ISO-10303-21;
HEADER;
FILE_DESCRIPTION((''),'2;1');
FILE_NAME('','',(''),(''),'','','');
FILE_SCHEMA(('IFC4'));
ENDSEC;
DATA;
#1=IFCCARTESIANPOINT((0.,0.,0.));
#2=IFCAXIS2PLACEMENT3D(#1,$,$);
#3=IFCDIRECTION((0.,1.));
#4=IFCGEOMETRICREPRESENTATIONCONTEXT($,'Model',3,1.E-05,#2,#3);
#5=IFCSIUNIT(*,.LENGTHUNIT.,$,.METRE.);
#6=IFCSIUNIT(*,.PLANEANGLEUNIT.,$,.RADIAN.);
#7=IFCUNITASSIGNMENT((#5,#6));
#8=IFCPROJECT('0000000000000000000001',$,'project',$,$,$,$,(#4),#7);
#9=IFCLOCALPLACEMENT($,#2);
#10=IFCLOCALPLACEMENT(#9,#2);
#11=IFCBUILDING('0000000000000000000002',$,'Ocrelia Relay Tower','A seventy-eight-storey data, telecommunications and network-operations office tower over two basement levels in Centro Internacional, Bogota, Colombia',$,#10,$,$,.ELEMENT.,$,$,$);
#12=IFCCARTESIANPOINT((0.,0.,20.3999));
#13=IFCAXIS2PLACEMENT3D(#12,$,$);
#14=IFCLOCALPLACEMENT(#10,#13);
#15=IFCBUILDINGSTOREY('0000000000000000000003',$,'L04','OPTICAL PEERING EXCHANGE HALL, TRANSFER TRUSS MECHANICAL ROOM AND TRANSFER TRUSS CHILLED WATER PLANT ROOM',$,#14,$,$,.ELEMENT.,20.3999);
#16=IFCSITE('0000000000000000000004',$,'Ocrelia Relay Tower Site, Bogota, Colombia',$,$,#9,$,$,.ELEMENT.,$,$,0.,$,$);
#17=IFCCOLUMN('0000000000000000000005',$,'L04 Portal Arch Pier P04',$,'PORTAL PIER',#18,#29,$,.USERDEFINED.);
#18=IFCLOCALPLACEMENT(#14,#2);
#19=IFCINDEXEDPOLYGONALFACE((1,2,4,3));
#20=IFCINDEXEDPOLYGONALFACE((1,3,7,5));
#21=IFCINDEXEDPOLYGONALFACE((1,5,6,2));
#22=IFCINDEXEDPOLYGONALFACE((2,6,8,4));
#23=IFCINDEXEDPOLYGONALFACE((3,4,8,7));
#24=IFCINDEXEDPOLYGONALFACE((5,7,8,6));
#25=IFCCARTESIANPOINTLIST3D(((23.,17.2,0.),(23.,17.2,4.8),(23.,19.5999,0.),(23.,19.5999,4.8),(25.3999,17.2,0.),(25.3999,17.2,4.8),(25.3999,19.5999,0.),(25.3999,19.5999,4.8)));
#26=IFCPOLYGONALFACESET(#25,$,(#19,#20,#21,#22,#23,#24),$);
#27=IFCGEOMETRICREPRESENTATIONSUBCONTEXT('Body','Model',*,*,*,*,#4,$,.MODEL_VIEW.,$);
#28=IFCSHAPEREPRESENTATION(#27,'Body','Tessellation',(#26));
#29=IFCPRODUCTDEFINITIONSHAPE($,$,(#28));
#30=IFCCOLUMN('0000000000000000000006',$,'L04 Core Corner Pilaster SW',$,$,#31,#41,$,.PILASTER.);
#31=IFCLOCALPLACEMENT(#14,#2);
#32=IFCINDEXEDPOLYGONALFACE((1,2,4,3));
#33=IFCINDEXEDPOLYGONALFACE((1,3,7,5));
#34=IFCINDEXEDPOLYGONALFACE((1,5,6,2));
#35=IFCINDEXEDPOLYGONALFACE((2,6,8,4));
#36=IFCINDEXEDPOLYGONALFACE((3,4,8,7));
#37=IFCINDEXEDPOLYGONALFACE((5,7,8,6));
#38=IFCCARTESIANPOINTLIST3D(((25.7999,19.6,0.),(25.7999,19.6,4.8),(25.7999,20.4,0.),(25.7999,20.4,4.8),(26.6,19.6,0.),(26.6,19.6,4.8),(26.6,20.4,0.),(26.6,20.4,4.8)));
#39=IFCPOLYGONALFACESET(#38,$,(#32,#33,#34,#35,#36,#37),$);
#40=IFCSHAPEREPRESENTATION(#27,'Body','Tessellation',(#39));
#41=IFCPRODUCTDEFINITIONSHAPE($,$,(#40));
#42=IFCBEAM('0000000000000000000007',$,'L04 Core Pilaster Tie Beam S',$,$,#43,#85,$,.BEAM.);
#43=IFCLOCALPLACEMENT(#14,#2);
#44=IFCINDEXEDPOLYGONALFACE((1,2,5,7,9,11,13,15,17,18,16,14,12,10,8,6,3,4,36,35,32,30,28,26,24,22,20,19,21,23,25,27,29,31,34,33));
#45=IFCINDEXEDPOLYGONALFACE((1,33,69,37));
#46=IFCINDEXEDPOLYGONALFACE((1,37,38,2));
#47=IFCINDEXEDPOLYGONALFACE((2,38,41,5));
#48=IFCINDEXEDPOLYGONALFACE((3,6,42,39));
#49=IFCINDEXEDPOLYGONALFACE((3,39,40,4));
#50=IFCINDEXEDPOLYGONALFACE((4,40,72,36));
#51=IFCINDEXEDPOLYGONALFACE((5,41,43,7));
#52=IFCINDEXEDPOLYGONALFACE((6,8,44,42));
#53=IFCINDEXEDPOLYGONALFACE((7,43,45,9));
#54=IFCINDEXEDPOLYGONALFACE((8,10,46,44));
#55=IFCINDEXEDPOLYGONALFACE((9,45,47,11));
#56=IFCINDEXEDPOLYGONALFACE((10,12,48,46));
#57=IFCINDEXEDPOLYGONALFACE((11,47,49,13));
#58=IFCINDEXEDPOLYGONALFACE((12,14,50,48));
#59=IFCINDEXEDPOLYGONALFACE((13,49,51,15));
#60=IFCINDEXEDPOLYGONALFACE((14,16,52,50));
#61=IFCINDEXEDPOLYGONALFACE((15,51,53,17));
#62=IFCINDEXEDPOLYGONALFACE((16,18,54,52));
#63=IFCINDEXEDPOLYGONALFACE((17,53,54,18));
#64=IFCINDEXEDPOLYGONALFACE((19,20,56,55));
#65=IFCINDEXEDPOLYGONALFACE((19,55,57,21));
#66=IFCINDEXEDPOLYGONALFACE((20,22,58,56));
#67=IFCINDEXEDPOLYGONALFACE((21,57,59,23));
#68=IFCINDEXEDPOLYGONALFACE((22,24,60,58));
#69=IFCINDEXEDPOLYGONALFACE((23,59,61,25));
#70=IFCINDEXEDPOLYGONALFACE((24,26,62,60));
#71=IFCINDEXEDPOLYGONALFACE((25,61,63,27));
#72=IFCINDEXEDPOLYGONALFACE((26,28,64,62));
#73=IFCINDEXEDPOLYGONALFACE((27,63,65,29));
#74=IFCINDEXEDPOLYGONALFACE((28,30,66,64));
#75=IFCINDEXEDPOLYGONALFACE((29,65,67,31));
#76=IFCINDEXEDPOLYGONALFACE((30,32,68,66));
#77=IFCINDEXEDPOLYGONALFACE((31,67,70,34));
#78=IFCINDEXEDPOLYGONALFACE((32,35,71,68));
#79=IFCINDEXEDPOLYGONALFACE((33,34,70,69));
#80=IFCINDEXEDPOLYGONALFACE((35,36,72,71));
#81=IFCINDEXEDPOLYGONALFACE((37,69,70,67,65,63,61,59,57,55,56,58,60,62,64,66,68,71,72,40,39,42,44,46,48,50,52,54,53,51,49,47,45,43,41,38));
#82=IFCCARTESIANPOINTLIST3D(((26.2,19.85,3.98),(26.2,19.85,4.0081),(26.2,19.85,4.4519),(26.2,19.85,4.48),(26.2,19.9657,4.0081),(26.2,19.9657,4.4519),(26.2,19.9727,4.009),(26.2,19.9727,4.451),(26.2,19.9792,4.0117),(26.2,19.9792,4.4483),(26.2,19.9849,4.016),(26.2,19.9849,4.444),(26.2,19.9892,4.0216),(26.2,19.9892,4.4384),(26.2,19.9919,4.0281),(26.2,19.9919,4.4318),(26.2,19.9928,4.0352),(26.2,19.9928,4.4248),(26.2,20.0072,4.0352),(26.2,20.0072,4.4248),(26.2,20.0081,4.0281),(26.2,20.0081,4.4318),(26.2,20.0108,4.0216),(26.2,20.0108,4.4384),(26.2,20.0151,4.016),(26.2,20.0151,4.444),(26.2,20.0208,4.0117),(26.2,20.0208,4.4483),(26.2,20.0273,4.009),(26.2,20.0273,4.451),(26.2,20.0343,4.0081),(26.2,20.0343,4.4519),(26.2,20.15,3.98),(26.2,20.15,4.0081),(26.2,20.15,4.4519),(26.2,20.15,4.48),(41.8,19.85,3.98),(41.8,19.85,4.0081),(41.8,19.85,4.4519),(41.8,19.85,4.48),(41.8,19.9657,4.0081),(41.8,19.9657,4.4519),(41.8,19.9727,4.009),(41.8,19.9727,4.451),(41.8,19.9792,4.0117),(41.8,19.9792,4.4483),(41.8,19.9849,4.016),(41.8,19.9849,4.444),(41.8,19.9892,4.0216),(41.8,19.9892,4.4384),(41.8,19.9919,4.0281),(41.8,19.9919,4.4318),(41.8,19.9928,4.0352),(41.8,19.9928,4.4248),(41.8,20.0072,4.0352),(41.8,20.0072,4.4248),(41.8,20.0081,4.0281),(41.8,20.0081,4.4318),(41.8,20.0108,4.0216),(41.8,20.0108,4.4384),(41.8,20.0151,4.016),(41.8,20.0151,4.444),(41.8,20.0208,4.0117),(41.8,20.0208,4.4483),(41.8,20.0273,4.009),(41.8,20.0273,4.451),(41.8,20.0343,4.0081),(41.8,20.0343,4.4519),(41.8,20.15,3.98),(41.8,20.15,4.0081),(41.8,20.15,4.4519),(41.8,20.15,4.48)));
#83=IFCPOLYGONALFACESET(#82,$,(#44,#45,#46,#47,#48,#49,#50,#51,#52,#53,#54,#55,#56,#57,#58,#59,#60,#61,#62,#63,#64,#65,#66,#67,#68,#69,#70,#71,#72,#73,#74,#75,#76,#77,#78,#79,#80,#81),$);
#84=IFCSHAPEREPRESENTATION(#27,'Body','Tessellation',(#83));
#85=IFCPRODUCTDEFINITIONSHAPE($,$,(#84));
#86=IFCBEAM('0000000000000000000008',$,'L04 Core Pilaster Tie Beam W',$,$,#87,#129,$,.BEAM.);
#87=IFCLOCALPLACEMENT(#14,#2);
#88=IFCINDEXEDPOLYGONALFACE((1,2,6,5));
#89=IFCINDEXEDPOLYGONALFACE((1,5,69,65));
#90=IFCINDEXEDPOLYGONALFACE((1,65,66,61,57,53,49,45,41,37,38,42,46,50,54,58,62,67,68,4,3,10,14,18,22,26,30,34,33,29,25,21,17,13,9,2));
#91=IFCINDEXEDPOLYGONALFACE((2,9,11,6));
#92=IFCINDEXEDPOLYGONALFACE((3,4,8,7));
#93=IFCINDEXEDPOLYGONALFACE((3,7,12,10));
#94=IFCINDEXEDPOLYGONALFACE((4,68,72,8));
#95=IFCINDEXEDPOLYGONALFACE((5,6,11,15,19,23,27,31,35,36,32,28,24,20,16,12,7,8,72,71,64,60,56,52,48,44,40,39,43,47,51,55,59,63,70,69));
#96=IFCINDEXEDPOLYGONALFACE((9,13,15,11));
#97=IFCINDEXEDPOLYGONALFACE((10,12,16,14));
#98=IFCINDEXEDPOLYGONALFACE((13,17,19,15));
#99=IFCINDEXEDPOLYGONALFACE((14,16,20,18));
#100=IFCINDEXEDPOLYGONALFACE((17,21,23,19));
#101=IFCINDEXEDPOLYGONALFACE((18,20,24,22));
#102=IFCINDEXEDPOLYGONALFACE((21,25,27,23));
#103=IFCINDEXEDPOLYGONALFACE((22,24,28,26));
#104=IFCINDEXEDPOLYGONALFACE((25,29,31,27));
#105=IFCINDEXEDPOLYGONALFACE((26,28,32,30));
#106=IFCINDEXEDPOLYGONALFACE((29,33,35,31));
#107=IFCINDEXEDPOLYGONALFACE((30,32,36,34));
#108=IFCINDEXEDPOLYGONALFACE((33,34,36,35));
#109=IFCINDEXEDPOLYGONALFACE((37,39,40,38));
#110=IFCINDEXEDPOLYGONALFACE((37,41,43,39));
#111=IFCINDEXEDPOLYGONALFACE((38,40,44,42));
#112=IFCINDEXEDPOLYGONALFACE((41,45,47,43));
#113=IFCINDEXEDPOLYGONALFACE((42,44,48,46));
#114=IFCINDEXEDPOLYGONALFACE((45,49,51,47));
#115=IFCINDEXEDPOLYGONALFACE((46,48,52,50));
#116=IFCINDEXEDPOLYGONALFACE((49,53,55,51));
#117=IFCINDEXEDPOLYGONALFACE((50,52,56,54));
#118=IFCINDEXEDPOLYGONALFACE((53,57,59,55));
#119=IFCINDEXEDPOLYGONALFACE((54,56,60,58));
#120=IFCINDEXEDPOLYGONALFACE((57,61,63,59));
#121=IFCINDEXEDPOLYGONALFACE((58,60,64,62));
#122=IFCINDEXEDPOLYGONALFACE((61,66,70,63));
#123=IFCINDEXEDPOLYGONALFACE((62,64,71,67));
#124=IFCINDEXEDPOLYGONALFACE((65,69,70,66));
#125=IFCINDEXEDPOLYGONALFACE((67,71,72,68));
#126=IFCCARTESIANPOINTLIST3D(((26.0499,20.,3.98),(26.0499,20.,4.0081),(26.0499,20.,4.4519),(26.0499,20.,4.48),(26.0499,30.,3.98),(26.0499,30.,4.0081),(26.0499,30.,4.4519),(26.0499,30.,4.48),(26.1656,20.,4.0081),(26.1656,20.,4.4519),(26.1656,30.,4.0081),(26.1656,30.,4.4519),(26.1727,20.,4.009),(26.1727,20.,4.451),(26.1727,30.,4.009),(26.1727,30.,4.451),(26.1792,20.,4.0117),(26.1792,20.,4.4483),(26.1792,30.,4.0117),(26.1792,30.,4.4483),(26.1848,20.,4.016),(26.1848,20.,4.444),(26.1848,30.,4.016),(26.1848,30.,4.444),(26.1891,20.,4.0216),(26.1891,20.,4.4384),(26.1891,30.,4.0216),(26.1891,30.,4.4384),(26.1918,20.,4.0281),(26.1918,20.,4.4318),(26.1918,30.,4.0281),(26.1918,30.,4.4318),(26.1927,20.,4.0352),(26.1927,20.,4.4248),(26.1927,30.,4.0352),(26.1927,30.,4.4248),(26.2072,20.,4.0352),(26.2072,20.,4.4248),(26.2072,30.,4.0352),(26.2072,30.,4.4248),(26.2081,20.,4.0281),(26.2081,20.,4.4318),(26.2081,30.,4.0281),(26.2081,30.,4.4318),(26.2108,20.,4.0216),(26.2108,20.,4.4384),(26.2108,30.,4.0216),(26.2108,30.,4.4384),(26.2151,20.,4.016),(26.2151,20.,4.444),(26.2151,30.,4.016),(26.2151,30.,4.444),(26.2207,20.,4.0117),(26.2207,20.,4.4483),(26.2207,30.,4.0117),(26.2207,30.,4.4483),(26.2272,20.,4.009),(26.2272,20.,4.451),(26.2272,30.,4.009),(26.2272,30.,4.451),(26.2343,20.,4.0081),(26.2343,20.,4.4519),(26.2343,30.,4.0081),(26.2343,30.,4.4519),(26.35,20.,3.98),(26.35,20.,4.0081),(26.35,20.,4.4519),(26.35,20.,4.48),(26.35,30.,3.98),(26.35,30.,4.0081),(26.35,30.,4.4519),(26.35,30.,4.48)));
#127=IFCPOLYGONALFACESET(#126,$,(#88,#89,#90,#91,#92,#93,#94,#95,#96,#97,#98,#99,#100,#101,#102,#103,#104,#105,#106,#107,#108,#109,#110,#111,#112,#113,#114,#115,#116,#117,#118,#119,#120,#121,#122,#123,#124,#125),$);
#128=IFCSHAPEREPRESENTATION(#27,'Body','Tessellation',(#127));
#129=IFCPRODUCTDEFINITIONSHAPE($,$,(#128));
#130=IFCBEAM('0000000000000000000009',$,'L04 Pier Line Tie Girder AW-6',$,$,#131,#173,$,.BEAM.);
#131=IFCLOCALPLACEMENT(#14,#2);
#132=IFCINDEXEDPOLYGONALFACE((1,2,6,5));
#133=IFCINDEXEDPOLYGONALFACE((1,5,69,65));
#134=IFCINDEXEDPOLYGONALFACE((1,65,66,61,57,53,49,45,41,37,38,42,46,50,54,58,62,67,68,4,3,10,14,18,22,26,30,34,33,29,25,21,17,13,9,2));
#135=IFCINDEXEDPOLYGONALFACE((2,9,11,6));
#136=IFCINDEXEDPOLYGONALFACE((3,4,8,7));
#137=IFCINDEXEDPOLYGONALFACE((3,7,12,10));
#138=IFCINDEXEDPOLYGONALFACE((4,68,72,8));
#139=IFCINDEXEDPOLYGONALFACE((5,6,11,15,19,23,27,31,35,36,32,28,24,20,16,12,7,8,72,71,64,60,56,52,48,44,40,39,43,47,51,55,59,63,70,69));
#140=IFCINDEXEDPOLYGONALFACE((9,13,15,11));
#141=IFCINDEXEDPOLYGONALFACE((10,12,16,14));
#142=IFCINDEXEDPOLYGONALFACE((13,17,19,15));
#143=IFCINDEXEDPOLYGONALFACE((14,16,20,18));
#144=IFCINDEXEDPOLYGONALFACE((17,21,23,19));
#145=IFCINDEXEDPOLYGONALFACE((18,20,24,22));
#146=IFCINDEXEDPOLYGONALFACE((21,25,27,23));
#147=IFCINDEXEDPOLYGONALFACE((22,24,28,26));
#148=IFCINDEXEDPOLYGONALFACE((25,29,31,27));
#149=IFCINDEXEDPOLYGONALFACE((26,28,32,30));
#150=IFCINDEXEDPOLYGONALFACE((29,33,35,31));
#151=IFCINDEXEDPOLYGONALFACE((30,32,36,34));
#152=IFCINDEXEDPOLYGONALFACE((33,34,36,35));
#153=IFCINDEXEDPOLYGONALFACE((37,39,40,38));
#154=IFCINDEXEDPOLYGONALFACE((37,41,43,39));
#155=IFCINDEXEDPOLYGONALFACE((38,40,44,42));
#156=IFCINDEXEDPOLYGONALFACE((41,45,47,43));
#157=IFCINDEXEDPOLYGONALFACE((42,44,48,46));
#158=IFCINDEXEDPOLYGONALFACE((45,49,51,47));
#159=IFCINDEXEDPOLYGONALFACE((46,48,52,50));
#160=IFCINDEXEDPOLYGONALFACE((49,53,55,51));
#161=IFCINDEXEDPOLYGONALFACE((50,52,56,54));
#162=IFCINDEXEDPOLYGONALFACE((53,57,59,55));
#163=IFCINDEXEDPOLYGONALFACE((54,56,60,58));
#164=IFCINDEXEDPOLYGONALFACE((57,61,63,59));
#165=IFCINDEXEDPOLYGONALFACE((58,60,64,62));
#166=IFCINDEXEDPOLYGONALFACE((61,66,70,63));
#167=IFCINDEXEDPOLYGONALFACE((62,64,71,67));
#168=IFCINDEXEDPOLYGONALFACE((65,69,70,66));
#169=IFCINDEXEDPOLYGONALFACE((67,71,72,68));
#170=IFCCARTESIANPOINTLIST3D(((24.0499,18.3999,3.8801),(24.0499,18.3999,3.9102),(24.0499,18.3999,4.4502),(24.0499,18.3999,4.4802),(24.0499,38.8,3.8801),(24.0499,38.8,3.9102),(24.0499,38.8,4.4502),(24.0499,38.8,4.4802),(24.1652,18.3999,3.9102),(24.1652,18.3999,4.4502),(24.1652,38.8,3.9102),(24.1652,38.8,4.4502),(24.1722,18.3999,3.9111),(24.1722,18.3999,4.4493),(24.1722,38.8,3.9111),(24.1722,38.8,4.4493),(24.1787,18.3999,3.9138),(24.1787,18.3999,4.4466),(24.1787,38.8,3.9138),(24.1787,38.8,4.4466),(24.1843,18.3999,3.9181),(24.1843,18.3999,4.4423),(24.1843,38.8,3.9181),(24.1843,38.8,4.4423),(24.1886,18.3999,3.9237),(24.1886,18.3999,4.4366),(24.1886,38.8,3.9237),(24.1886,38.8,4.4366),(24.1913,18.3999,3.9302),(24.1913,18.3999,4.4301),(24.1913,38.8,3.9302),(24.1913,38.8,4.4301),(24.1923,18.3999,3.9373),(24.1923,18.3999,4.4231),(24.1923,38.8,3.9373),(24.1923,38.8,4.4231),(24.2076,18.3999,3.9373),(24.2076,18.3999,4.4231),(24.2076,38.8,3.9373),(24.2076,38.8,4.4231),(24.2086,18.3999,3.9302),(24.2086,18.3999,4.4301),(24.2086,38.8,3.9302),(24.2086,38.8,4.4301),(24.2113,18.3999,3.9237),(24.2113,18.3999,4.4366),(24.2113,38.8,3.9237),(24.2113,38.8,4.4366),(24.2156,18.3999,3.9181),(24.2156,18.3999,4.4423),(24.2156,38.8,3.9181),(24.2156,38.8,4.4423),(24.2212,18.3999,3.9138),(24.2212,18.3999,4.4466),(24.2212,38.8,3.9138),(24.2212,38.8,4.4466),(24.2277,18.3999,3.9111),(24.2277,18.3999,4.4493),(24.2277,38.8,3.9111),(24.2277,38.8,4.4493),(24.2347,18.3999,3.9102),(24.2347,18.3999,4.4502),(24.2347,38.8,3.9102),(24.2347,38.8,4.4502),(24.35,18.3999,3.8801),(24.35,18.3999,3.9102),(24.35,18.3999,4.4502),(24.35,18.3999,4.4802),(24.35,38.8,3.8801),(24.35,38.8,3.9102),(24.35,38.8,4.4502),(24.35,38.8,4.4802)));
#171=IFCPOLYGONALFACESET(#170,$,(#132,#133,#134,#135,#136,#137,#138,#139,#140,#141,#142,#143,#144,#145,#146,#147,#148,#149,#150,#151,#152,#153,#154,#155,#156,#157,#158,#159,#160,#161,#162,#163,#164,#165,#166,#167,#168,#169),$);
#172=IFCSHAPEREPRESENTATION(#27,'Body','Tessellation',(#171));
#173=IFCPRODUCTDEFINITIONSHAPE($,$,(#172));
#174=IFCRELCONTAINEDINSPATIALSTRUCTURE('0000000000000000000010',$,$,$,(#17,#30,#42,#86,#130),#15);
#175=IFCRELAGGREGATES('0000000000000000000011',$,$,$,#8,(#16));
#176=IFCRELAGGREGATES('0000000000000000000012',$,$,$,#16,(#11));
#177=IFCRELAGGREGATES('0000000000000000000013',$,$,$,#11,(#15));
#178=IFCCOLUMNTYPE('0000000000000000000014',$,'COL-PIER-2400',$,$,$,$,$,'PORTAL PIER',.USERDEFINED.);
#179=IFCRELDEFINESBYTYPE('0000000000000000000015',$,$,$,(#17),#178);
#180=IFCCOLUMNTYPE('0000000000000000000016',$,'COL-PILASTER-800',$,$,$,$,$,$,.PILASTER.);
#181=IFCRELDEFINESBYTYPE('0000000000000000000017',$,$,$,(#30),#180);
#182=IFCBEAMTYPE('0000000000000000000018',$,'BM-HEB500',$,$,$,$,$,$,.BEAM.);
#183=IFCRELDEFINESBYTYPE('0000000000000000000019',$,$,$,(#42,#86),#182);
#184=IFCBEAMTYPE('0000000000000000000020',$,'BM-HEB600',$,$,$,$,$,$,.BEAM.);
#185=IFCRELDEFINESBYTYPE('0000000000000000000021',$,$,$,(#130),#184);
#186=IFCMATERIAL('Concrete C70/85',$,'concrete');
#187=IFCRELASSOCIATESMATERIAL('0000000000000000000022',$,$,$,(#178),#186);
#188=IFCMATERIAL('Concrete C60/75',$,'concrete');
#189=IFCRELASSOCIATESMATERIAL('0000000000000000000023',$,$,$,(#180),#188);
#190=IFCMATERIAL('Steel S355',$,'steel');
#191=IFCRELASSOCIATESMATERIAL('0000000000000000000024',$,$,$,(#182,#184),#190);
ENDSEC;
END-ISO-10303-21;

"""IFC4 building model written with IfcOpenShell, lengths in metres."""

from ifc_helpers import new_model, si_unit, direction, frame, origin, origin_2d, place, context, subcontext, project, spatial, rectangle, i_section, extrude, material, material_profile, profile_set, type_object, element, save


model = new_model("IFC4")

# Units and contexts
model_context = context("Model", 3, precision=1e-05, world=origin(), true_north=direction((0.0, 1.0)))
body_context = subcontext(model_context, "Body", "Model", "MODEL_VIEW")
ifc_project = project(units=[si_unit("LENGTHUNIT", "METRE"), si_unit("PLANEANGLEUNIT", "RADIAN")], contexts=[model_context])

# Site, building, storey
site_placement = place(None, origin())
site = spatial("IfcSite", under=ifc_project, at=site_placement, Name="Ocrelia Relay Tower Site, Bogota, Colombia", CompositionType="ELEMENT", RefElevation=0.0)
building_placement = place(site_placement, origin())
building = spatial("IfcBuilding", under=site, at=building_placement, Name="Ocrelia Relay Tower", Description="A seventy-eight-storey data, telecommunications and network-operations office tower over two basement levels in Centro Internacional, Bogota, Colombia", CompositionType="ELEMENT")
storey_placement = place(building_placement, frame((0.0, 0.0, 20.3999)))
storey = spatial("IfcBuildingStorey", under=building, at=storey_placement, Name="L04", Description="OPTICAL PEERING EXCHANGE HALL, TRANSFER TRUSS MECHANICAL ROOM AND TRANSFER TRUSS CHILLED WATER PLANT ROOM", CompositionType="ELEMENT", Elevation=20.3999)

# Columns
ifc_material_1 = material(Name="Concrete C70/85", Category="concrete")
ifc_material_profile_1 = material_profile(ifc_material_1, rectangle(XDim=2.3999, YDim=2.3999, at=origin_2d()), Name="RC-PIER-2400x2400")
ifc_profile_set_1 = profile_set([ifc_material_profile_1], Name="Concrete C70/85")
column_type_1 = type_object("IfcColumnType", Name="COL-PIER-2400", ElementType="PORTAL PIER", PredefinedType="USERDEFINED", material=ifc_profile_set_1)
column_1_placement = place(storey_placement, frame((24.2, 18.3999, 0.0), z_axis=(0.0, 0.0, 1.0), x_axis=(1.0, 0.0, 0.0)))
element("IfcColumn", 1, at=column_1_placement, inside=storey, type_object=column_type_1, Name="L04 Portal Arch Pier P04", ObjectType="PORTAL PIER", PredefinedType="USERDEFINED", context=body_context, shape_type="SweptSolid", body=[
    extrude(rectangle(XDim=2.3999, YDim=2.3999, at=origin_2d()), origin(), (0.0, 0.0, 1.0), 4.8),
])
ifc_material_2 = material(Name="Concrete C60/75", Category="concrete")
ifc_material_profile_2 = material_profile(ifc_material_2, rectangle(XDim=0.8, YDim=0.8, at=origin_2d()), Name="RC-COL-800x800")
ifc_profile_set_2 = profile_set([ifc_material_profile_2], Name="Concrete C60/75")
column_type_2 = type_object("IfcColumnType", Name="COL-PILASTER-800", PredefinedType="PILASTER", material=ifc_profile_set_2)
column_2_placement = place(storey_placement, frame((26.2, 20.0, 0.0), z_axis=(0.0, 0.0, 1.0), x_axis=(1.0, 0.0, 0.0)))
element("IfcColumn", 2, at=column_2_placement, inside=storey, type_object=column_type_2, Name="L04 Core Corner Pilaster SW", PredefinedType="PILASTER", context=body_context, shape_type="SweptSolid", body=[
    extrude(rectangle(XDim=0.8, YDim=0.8, at=origin_2d()), origin(), (0.0, 0.0, 1.0), 4.8),
])

# Beams
ifc_material_3 = material(Name="Steel S355", Category="steel")
ifc_material_profile_3 = material_profile(ifc_material_3, i_section(OverallWidth=0.3, OverallDepth=0.5, WebThickness=0.0144, FlangeThickness=0.0281, FilletRadius=0.0271, at=origin_2d()), Name="HEB 500")
ifc_profile_set_3 = profile_set([ifc_material_profile_3], Name="Steel S355")
beam_type_1 = type_object("IfcBeamType", Name="BM-HEB500", PredefinedType="BEAM", material=ifc_profile_set_3)
beam_1_placement = place(storey_placement, frame((26.2, 20.0, 4.23), z_axis=(1.0, 0.0, 0.0), x_axis=(0.0, 1.0, 0.0)))
element("IfcBeam", 3, at=beam_1_placement, inside=storey, type_object=beam_type_1, Name="L04 Core Pilaster Tie Beam S", PredefinedType="BEAM", context=body_context, shape_type="SweptSolid", body=[
    extrude(i_section(OverallWidth=0.3, OverallDepth=0.5, WebThickness=0.0144, FlangeThickness=0.0281, FilletRadius=0.0271, at=origin_2d()), origin(), (0.0, 0.0, 1.0), 15.6001),
])
beam_2_placement = place(storey_placement, frame((26.2, 20.0, 4.23), z_axis=(0.0, 1.0, 0.0), x_axis=(-1.0, 0.0, 0.0)))
element("IfcBeam", 4, at=beam_2_placement, inside=storey, type_object=beam_type_1, Name="L04 Core Pilaster Tie Beam W", PredefinedType="BEAM", context=body_context, shape_type="SweptSolid", body=[
    extrude(i_section(OverallWidth=0.3, OverallDepth=0.5, WebThickness=0.0144, FlangeThickness=0.0281, FilletRadius=0.0271, at=origin_2d()), origin(), (0.0, 0.0, 1.0), 10.0),
])
ifc_material_profile_4 = material_profile(ifc_material_3, i_section(OverallWidth=0.3, OverallDepth=0.6001, WebThickness=0.0154, FlangeThickness=0.03, FilletRadius=0.0271, at=origin_2d()), Name="HEB 600")
ifc_profile_set_4 = profile_set([ifc_material_profile_4], Name="Steel S355")
beam_type_2 = type_object("IfcBeamType", Name="BM-HEB600", PredefinedType="BEAM", material=ifc_profile_set_4)
beam_3_placement = place(storey_placement, frame((24.2, 18.3999, 4.1802), z_axis=(0.0, 1.0, 0.0), x_axis=(-1.0, 0.0, 0.0)))
element("IfcBeam", 5, at=beam_3_placement, inside=storey, type_object=beam_type_2, Name="L04 Pier Line Tie Girder AW-6", PredefinedType="BEAM", context=body_context, shape_type="SweptSolid", body=[
    extrude(i_section(OverallWidth=0.3, OverallDepth=0.6001, WebThickness=0.0154, FlangeThickness=0.03, FilletRadius=0.0271, at=origin_2d()), origin(), (0.0, 0.0, 1.0), 20.4001),
])

save(model, "model.ifc")
